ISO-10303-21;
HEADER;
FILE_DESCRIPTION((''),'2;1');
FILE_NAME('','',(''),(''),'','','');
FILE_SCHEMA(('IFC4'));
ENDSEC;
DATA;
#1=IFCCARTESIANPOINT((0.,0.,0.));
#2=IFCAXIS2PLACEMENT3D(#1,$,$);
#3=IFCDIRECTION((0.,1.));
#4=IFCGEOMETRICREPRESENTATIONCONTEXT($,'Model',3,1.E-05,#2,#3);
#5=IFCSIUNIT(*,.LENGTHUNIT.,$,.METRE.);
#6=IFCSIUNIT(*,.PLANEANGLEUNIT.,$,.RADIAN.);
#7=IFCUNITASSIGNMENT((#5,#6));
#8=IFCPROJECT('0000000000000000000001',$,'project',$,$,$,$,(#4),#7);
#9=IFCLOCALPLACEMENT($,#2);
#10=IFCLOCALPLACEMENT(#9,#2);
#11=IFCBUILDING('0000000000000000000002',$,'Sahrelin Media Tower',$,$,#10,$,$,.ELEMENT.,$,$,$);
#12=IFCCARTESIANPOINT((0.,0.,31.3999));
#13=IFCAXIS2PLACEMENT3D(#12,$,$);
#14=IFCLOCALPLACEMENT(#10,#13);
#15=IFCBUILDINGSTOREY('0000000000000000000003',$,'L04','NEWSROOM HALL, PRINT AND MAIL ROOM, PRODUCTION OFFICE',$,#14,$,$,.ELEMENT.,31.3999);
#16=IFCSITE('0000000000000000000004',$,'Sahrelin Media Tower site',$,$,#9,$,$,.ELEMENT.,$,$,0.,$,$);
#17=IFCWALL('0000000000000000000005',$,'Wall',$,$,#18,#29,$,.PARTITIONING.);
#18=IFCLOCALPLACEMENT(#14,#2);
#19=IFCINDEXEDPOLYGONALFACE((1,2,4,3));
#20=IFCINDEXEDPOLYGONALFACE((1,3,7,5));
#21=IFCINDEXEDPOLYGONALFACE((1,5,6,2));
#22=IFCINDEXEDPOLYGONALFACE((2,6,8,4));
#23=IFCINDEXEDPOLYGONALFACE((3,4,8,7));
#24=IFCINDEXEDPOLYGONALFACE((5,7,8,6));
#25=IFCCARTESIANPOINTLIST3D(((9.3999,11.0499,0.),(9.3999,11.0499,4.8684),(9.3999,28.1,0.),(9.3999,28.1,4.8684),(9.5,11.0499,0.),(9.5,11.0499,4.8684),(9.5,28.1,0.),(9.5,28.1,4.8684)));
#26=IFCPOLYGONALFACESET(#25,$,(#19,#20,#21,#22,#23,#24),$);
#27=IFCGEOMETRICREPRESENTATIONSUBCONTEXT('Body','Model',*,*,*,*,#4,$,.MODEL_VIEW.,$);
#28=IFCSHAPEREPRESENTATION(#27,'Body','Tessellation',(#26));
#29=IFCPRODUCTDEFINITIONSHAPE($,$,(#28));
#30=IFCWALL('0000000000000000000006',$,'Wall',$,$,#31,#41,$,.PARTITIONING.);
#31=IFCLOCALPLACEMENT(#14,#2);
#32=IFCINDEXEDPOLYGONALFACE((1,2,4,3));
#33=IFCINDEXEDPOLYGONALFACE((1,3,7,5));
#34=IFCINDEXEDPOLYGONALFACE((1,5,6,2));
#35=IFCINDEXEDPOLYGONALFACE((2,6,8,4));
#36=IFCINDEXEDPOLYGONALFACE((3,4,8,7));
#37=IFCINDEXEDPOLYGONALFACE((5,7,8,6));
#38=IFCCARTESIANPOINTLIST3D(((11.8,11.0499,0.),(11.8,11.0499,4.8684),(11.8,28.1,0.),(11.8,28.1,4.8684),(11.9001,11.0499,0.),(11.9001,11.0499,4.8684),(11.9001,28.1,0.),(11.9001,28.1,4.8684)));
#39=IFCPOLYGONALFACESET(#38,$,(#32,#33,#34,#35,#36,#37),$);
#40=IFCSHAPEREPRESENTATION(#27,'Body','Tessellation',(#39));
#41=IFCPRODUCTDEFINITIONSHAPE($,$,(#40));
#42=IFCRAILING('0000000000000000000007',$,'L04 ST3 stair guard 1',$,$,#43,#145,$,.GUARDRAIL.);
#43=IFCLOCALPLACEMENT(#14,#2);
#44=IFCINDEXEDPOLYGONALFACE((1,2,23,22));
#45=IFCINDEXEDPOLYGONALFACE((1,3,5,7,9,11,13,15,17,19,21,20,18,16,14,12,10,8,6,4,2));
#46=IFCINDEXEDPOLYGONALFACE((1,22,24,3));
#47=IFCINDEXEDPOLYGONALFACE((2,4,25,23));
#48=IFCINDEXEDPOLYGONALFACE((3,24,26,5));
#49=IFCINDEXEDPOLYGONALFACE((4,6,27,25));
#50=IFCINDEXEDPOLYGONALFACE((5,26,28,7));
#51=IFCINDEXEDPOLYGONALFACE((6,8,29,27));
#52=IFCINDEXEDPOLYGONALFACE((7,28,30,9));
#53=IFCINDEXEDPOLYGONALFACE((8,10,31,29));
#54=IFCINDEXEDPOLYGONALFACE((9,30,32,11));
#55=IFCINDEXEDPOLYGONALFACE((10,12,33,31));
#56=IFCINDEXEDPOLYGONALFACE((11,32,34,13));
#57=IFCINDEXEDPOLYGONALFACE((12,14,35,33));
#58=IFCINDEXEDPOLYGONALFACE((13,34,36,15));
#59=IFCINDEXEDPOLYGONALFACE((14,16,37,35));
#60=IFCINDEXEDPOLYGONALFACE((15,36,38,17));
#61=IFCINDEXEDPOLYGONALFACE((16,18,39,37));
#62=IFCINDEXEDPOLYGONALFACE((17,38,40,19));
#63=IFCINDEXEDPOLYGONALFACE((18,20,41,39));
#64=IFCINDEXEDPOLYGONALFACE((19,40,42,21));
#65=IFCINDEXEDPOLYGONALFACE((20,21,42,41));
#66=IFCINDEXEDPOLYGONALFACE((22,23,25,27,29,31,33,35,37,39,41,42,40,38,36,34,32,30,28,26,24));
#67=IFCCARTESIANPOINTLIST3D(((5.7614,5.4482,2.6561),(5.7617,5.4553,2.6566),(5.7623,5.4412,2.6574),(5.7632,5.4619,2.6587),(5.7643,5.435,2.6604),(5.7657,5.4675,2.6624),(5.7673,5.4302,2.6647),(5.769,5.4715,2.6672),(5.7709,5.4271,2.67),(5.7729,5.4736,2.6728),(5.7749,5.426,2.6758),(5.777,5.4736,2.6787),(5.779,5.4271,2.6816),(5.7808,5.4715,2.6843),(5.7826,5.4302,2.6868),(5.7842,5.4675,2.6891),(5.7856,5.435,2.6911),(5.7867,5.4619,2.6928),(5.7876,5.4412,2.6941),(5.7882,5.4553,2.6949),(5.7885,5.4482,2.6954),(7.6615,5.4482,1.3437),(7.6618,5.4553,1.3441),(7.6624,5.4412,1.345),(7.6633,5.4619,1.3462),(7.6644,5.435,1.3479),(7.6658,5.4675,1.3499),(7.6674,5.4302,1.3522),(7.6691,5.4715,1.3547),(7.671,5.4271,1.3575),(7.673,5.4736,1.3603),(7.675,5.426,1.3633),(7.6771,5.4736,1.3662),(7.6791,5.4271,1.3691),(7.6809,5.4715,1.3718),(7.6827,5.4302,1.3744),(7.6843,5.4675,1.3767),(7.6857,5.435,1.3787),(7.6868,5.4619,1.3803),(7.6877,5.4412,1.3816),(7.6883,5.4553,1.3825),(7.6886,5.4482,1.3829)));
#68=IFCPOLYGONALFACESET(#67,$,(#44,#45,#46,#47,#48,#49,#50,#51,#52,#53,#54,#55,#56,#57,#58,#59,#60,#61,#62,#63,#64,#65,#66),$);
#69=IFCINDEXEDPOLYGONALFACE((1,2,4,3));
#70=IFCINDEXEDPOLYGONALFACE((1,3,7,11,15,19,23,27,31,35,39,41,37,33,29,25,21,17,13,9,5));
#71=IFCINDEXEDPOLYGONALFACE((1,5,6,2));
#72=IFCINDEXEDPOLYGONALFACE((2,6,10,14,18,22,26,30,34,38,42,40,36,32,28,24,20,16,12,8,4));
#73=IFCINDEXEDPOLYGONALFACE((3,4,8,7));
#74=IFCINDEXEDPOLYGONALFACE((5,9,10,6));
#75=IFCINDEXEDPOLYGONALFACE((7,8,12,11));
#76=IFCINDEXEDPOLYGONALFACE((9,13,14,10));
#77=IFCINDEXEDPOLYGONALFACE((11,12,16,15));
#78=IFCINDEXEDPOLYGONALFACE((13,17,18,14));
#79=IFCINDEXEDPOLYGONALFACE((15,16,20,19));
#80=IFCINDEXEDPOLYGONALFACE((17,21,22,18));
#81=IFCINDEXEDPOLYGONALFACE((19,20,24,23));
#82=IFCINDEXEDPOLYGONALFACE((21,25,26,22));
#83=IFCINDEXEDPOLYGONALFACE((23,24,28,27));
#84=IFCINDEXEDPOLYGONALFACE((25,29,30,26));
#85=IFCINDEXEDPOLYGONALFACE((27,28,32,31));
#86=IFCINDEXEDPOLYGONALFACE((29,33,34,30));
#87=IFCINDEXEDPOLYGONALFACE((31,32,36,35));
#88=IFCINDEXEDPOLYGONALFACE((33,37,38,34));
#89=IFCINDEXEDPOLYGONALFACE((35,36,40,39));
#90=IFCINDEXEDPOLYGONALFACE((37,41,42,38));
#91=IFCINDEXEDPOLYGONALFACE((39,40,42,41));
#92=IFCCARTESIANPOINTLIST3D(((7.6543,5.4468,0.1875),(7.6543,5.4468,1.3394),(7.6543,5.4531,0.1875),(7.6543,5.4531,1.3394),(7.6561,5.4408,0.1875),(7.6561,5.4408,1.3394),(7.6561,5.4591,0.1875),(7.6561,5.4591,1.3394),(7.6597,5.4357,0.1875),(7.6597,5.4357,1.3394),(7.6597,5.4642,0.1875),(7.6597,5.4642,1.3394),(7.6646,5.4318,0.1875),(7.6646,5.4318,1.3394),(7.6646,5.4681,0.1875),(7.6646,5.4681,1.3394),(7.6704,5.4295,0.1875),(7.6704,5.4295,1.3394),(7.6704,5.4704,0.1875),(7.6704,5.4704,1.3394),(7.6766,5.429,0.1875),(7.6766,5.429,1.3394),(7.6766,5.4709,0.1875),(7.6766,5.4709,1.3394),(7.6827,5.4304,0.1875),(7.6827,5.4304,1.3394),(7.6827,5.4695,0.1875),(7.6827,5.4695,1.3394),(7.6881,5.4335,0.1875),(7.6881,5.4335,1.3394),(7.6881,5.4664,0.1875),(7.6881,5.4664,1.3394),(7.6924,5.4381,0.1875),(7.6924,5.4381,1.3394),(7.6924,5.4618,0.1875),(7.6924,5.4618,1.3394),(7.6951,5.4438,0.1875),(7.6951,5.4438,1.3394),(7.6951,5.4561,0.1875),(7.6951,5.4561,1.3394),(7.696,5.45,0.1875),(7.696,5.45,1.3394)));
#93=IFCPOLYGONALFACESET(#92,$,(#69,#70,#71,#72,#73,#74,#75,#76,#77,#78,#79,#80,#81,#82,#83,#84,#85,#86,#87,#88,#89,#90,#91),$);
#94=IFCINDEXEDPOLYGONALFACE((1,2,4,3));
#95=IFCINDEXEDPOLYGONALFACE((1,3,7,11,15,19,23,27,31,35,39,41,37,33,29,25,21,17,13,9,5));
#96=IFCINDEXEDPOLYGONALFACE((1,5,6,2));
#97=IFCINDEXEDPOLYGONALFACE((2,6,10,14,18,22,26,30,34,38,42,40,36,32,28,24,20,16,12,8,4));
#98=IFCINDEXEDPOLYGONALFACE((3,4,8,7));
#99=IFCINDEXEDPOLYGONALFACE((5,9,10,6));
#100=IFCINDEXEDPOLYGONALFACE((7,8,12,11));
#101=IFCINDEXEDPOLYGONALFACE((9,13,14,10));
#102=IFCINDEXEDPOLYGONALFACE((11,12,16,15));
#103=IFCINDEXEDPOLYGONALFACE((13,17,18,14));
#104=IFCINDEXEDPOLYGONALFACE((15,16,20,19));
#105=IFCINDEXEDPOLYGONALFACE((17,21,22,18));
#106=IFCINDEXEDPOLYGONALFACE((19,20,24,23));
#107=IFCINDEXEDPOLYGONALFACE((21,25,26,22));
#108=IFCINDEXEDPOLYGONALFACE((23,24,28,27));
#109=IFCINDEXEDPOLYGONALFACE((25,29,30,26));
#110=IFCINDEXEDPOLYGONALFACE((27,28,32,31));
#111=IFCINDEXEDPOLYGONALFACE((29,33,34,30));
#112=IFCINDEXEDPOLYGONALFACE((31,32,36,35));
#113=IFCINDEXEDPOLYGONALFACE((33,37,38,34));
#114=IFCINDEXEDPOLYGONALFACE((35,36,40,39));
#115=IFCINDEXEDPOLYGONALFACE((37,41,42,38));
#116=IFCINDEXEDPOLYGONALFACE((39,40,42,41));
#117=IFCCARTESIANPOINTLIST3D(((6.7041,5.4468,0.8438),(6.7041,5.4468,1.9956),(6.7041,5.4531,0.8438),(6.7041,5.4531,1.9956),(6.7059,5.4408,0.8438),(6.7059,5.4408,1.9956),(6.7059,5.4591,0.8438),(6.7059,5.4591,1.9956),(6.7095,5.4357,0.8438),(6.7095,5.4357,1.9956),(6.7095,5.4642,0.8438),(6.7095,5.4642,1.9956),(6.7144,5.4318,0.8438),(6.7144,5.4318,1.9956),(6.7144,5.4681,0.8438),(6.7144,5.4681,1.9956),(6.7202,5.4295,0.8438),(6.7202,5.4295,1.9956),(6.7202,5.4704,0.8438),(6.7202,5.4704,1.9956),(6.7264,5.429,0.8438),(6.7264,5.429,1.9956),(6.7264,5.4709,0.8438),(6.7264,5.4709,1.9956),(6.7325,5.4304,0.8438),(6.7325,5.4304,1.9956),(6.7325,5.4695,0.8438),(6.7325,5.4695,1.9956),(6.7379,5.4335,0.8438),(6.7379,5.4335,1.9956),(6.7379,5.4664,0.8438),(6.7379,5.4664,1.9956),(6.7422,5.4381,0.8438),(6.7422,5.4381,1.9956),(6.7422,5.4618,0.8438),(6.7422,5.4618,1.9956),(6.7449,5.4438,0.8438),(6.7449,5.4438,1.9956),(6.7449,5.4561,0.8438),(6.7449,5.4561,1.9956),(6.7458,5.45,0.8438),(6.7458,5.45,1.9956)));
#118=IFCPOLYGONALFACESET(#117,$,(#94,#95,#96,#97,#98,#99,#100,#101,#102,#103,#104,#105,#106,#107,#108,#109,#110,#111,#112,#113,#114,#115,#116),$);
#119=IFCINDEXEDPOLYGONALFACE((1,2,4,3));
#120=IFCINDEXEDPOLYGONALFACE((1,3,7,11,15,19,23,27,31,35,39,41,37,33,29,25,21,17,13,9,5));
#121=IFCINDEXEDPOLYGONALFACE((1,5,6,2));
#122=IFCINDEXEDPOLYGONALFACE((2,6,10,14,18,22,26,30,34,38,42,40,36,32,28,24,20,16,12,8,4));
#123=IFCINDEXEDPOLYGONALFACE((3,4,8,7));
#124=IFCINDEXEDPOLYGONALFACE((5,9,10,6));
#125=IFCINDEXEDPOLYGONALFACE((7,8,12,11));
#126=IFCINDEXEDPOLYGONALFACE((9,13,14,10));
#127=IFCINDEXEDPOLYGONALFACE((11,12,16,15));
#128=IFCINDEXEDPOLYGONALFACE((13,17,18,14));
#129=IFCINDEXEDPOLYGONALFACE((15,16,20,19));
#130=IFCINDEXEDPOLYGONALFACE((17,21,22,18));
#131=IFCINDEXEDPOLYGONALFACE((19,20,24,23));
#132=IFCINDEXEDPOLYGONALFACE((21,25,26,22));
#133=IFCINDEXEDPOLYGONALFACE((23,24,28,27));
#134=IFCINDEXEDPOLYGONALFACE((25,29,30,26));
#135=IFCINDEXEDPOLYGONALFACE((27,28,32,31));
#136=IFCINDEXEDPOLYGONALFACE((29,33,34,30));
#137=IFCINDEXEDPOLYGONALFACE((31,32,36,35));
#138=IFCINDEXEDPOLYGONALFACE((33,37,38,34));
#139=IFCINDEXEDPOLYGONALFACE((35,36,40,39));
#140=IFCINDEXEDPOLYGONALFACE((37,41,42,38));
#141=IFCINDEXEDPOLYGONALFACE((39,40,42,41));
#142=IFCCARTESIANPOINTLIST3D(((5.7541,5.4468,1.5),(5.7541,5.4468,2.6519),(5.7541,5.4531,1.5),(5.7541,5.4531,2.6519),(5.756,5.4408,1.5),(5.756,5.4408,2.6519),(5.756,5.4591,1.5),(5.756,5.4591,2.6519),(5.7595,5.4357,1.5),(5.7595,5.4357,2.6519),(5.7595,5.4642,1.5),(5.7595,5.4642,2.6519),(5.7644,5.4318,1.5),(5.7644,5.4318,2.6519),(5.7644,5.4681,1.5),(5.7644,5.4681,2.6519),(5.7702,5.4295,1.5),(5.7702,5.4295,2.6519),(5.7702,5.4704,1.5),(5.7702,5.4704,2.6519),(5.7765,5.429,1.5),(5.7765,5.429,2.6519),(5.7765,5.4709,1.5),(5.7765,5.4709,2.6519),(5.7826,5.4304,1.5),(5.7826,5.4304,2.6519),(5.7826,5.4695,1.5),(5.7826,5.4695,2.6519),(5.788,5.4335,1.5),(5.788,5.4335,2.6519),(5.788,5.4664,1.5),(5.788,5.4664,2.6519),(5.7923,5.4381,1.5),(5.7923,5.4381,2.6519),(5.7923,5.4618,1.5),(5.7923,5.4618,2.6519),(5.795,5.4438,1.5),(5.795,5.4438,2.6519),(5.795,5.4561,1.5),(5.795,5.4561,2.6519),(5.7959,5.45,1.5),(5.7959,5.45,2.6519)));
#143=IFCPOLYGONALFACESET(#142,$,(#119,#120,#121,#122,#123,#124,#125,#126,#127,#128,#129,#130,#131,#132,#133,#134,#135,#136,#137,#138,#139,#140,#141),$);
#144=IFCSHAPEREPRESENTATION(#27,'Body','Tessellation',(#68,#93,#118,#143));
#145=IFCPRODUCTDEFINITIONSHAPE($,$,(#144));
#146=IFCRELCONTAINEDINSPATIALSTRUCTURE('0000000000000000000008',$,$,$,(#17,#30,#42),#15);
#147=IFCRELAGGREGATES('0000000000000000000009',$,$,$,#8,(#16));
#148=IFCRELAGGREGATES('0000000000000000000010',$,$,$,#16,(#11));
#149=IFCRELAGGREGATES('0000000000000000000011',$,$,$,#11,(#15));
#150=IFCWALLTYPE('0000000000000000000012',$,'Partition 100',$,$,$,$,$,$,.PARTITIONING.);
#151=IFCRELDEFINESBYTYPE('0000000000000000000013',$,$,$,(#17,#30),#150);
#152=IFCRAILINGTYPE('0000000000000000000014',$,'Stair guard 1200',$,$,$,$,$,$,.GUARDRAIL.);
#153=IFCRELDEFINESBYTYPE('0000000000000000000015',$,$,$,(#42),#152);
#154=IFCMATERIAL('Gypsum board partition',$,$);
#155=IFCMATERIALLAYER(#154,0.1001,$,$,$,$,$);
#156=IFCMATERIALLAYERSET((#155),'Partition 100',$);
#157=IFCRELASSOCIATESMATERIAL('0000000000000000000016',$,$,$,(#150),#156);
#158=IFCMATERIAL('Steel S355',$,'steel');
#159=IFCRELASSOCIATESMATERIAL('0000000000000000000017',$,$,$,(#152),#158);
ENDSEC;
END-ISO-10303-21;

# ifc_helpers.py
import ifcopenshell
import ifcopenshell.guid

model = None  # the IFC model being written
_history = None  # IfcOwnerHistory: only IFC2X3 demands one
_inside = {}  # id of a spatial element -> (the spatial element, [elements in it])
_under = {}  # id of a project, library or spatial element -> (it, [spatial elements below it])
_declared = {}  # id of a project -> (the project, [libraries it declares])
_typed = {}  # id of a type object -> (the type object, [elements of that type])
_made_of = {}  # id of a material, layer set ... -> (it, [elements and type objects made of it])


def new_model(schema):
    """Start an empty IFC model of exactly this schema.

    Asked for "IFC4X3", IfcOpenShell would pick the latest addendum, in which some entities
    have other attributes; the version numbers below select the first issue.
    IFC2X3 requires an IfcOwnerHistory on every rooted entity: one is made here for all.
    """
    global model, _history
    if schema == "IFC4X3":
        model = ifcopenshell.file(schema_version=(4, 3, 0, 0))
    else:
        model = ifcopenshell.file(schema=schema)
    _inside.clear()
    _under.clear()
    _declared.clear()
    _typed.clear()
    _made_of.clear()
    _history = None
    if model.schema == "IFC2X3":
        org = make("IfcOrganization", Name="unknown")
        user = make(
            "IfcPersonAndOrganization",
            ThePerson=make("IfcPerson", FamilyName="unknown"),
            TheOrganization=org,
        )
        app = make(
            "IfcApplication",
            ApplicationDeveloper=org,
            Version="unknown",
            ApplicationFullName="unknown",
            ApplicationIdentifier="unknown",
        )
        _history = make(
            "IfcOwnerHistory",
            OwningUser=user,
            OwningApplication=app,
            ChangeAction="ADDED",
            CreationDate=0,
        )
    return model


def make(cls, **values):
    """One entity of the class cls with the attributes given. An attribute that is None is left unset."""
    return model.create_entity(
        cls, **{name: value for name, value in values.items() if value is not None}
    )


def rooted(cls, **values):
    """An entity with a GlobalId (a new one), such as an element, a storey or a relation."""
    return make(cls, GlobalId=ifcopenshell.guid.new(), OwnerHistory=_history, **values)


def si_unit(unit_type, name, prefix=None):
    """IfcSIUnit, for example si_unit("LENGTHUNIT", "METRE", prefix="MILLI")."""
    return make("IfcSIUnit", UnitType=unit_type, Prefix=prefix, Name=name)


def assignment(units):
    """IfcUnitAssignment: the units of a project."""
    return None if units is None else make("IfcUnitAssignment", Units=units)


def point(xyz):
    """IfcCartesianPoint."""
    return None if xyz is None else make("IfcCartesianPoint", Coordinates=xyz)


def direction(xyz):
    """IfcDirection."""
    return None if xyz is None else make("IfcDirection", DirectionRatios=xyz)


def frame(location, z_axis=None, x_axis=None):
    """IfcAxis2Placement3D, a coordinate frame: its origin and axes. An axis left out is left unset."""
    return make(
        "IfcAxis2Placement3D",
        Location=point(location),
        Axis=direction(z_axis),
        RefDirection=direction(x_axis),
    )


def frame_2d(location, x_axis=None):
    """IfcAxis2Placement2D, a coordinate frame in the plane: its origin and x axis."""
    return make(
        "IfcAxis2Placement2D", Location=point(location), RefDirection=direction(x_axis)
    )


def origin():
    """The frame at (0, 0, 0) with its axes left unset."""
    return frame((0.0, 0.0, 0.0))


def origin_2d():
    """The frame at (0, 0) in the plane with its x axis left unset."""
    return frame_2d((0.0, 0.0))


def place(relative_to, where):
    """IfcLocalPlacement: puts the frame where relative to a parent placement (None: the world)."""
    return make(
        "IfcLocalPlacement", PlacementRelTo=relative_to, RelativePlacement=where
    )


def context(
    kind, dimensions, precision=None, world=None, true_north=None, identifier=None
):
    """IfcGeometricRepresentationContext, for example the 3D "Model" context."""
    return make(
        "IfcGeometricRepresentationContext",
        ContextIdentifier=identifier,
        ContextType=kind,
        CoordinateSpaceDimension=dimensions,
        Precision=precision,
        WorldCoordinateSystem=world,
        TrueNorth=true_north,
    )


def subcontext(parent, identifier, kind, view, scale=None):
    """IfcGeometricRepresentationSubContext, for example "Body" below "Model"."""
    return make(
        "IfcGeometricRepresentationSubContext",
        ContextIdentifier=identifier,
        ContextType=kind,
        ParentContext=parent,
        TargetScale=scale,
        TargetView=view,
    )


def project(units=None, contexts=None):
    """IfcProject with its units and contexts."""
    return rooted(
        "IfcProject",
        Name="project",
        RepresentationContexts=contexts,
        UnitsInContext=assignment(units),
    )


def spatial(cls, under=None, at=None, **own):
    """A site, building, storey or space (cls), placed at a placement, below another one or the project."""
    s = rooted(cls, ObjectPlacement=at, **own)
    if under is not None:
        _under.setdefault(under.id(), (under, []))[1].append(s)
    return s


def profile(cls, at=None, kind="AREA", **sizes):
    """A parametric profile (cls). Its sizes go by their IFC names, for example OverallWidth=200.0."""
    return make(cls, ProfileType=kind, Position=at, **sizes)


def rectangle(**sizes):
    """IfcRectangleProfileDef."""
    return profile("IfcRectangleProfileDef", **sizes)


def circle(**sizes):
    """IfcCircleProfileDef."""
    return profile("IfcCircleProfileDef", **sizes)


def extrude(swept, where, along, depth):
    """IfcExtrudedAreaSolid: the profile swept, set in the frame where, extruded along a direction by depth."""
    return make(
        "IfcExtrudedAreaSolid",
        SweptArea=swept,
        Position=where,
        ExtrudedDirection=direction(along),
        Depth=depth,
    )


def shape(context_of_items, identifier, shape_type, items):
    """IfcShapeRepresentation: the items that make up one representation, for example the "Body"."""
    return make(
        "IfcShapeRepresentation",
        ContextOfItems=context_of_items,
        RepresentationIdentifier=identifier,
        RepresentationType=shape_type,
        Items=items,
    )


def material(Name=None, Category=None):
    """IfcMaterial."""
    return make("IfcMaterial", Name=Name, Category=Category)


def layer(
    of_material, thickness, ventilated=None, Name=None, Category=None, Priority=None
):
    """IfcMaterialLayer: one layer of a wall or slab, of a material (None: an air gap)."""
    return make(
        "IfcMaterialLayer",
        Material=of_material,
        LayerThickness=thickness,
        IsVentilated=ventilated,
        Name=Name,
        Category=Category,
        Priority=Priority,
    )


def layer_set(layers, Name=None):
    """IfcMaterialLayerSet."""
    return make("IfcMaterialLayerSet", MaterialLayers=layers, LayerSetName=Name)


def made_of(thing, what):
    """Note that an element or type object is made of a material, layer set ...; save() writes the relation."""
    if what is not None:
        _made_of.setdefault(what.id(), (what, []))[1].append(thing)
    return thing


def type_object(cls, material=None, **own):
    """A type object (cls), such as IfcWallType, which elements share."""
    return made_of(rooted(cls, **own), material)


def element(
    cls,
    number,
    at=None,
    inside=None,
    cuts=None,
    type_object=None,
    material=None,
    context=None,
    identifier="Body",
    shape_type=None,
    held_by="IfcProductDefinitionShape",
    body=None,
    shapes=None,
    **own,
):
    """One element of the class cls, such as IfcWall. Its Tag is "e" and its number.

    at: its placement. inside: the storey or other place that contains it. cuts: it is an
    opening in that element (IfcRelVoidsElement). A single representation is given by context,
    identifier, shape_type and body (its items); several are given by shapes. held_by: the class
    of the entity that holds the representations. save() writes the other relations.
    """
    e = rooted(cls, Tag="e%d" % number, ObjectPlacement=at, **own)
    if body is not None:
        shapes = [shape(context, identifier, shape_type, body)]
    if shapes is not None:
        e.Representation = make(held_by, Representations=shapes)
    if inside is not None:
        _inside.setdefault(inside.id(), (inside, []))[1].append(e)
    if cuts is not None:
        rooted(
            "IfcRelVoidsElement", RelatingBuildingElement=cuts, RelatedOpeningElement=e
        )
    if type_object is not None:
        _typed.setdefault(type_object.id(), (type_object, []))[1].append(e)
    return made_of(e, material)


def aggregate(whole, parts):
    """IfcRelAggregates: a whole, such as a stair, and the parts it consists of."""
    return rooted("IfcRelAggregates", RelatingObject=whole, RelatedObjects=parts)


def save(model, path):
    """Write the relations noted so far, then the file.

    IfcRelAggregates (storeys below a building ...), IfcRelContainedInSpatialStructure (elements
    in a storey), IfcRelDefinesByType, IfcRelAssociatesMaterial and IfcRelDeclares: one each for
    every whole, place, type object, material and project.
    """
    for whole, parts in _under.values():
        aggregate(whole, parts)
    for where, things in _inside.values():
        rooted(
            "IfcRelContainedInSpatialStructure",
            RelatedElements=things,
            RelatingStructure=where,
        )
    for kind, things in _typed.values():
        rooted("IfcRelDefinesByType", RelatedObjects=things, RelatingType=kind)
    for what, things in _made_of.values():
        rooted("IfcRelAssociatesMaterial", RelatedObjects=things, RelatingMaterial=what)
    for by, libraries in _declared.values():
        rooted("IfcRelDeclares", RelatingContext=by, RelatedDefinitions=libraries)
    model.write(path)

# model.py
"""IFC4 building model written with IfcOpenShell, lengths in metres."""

from ifc_helpers import new_model, si_unit, direction, frame, frame_2d, origin, origin_2d, place, context, subcontext, project, spatial, rectangle, circle, extrude, material, layer, layer_set, type_object, element, save


model = new_model("IFC4")

# Units and contexts
model_context = context("Model", 3, precision=1e-05, world=origin(), true_north=direction((0.0, 1.0)))
body_context = subcontext(model_context, "Body", "Model", "MODEL_VIEW")
ifc_project = project(units=[si_unit("LENGTHUNIT", "METRE"), si_unit("PLANEANGLEUNIT", "RADIAN")], contexts=[model_context])

# Site, building, storey
site_placement = place(None, origin())
site = spatial("IfcSite", under=ifc_project, at=site_placement, Name="Sahrelin Media Tower site", CompositionType="ELEMENT", RefElevation=0.0)
building_placement = place(site_placement, origin())
building = spatial("IfcBuilding", under=site, at=building_placement, Name="Sahrelin Media Tower", CompositionType="ELEMENT")
storey_placement = place(building_placement, frame((0.0, 0.0, 31.3999)))
storey = spatial("IfcBuildingStorey", under=building, at=storey_placement, Name="L04", Description="NEWSROOM HALL, PRINT AND MAIL ROOM, PRODUCTION OFFICE", CompositionType="ELEMENT", Elevation=31.3999)

# Shared definitions
ifc_material_1 = material(Name="Steel S355", Category="steel")

# Walls
ifc_material_2 = material(Name="Gypsum board partition")
ifc_layer = layer(ifc_material_2, 0.1001)
ifc_layer_set = layer_set([ifc_layer], Name="Partition 100")
wall_type = type_object("IfcWallType", Name="Partition 100", PredefinedType="PARTITIONING", material=ifc_layer_set)
for number, where, z_axis, x_axis, name in (
    (1, (9.45, 11.05, 0.0), (0.0, 0.0, 1.0), (0.0, 1.0, 0.0), "Wall"),
    (2, (11.8501, 11.05, 0.0), (0.0, 0.0, 1.0), (0.0, 1.0, 0.0), "Wall"),
):
    element("IfcWall", number, at=place(storey_placement, frame(where, z_axis=z_axis, x_axis=x_axis)), inside=storey, type_object=wall_type, Name=name, PredefinedType="PARTITIONING", context=body_context, shape_type="SweptSolid", body=[
        extrude(rectangle(XDim=17.05, YDim=0.1001, at=frame_2d((8.5249, 0.0))), origin(), (0.0, 0.0, 1.0), 4.8684),
    ])

# Railing
railing_type_1 = type_object("IfcRailingType", Name="Stair guard 1200", PredefinedType="GUARDRAIL", material=ifc_material_1)
railing_1_placement = place(storey_placement, frame((7.675, 5.45, 0.1875)))
element("IfcRailing", 3, at=railing_1_placement, inside=storey, type_object=railing_type_1, Name="L04 ST3 stair guard 1", PredefinedType="GUARDRAIL", context=body_context, shape_type="SweptSolid", body=[
    extrude(circle(Radius=0.0239, at=origin_2d()), frame((0.0, 0.0, 1.1758), z_axis=(-0.822797, 0.0, 0.568336), x_axis=(0.0, -1.0, 0.0)), (0.0, 0.0, 1.0), 2.3093),
    extrude(circle(Radius=0.021, at=origin_2d()), origin(), (0.0, 0.0, 1.0), 1.1519),
    extrude(circle(Radius=0.021, at=origin_2d()), frame((-0.9502, 0.0, 0.6562)), (0.0, 0.0, 1.0), 1.1519),
    extrude(circle(Radius=0.021, at=origin_2d()), frame((-1.9001, 0.0, 1.3125)), (0.0, 0.0, 1.0), 1.1519),
])

save(model, "model.ifc")
